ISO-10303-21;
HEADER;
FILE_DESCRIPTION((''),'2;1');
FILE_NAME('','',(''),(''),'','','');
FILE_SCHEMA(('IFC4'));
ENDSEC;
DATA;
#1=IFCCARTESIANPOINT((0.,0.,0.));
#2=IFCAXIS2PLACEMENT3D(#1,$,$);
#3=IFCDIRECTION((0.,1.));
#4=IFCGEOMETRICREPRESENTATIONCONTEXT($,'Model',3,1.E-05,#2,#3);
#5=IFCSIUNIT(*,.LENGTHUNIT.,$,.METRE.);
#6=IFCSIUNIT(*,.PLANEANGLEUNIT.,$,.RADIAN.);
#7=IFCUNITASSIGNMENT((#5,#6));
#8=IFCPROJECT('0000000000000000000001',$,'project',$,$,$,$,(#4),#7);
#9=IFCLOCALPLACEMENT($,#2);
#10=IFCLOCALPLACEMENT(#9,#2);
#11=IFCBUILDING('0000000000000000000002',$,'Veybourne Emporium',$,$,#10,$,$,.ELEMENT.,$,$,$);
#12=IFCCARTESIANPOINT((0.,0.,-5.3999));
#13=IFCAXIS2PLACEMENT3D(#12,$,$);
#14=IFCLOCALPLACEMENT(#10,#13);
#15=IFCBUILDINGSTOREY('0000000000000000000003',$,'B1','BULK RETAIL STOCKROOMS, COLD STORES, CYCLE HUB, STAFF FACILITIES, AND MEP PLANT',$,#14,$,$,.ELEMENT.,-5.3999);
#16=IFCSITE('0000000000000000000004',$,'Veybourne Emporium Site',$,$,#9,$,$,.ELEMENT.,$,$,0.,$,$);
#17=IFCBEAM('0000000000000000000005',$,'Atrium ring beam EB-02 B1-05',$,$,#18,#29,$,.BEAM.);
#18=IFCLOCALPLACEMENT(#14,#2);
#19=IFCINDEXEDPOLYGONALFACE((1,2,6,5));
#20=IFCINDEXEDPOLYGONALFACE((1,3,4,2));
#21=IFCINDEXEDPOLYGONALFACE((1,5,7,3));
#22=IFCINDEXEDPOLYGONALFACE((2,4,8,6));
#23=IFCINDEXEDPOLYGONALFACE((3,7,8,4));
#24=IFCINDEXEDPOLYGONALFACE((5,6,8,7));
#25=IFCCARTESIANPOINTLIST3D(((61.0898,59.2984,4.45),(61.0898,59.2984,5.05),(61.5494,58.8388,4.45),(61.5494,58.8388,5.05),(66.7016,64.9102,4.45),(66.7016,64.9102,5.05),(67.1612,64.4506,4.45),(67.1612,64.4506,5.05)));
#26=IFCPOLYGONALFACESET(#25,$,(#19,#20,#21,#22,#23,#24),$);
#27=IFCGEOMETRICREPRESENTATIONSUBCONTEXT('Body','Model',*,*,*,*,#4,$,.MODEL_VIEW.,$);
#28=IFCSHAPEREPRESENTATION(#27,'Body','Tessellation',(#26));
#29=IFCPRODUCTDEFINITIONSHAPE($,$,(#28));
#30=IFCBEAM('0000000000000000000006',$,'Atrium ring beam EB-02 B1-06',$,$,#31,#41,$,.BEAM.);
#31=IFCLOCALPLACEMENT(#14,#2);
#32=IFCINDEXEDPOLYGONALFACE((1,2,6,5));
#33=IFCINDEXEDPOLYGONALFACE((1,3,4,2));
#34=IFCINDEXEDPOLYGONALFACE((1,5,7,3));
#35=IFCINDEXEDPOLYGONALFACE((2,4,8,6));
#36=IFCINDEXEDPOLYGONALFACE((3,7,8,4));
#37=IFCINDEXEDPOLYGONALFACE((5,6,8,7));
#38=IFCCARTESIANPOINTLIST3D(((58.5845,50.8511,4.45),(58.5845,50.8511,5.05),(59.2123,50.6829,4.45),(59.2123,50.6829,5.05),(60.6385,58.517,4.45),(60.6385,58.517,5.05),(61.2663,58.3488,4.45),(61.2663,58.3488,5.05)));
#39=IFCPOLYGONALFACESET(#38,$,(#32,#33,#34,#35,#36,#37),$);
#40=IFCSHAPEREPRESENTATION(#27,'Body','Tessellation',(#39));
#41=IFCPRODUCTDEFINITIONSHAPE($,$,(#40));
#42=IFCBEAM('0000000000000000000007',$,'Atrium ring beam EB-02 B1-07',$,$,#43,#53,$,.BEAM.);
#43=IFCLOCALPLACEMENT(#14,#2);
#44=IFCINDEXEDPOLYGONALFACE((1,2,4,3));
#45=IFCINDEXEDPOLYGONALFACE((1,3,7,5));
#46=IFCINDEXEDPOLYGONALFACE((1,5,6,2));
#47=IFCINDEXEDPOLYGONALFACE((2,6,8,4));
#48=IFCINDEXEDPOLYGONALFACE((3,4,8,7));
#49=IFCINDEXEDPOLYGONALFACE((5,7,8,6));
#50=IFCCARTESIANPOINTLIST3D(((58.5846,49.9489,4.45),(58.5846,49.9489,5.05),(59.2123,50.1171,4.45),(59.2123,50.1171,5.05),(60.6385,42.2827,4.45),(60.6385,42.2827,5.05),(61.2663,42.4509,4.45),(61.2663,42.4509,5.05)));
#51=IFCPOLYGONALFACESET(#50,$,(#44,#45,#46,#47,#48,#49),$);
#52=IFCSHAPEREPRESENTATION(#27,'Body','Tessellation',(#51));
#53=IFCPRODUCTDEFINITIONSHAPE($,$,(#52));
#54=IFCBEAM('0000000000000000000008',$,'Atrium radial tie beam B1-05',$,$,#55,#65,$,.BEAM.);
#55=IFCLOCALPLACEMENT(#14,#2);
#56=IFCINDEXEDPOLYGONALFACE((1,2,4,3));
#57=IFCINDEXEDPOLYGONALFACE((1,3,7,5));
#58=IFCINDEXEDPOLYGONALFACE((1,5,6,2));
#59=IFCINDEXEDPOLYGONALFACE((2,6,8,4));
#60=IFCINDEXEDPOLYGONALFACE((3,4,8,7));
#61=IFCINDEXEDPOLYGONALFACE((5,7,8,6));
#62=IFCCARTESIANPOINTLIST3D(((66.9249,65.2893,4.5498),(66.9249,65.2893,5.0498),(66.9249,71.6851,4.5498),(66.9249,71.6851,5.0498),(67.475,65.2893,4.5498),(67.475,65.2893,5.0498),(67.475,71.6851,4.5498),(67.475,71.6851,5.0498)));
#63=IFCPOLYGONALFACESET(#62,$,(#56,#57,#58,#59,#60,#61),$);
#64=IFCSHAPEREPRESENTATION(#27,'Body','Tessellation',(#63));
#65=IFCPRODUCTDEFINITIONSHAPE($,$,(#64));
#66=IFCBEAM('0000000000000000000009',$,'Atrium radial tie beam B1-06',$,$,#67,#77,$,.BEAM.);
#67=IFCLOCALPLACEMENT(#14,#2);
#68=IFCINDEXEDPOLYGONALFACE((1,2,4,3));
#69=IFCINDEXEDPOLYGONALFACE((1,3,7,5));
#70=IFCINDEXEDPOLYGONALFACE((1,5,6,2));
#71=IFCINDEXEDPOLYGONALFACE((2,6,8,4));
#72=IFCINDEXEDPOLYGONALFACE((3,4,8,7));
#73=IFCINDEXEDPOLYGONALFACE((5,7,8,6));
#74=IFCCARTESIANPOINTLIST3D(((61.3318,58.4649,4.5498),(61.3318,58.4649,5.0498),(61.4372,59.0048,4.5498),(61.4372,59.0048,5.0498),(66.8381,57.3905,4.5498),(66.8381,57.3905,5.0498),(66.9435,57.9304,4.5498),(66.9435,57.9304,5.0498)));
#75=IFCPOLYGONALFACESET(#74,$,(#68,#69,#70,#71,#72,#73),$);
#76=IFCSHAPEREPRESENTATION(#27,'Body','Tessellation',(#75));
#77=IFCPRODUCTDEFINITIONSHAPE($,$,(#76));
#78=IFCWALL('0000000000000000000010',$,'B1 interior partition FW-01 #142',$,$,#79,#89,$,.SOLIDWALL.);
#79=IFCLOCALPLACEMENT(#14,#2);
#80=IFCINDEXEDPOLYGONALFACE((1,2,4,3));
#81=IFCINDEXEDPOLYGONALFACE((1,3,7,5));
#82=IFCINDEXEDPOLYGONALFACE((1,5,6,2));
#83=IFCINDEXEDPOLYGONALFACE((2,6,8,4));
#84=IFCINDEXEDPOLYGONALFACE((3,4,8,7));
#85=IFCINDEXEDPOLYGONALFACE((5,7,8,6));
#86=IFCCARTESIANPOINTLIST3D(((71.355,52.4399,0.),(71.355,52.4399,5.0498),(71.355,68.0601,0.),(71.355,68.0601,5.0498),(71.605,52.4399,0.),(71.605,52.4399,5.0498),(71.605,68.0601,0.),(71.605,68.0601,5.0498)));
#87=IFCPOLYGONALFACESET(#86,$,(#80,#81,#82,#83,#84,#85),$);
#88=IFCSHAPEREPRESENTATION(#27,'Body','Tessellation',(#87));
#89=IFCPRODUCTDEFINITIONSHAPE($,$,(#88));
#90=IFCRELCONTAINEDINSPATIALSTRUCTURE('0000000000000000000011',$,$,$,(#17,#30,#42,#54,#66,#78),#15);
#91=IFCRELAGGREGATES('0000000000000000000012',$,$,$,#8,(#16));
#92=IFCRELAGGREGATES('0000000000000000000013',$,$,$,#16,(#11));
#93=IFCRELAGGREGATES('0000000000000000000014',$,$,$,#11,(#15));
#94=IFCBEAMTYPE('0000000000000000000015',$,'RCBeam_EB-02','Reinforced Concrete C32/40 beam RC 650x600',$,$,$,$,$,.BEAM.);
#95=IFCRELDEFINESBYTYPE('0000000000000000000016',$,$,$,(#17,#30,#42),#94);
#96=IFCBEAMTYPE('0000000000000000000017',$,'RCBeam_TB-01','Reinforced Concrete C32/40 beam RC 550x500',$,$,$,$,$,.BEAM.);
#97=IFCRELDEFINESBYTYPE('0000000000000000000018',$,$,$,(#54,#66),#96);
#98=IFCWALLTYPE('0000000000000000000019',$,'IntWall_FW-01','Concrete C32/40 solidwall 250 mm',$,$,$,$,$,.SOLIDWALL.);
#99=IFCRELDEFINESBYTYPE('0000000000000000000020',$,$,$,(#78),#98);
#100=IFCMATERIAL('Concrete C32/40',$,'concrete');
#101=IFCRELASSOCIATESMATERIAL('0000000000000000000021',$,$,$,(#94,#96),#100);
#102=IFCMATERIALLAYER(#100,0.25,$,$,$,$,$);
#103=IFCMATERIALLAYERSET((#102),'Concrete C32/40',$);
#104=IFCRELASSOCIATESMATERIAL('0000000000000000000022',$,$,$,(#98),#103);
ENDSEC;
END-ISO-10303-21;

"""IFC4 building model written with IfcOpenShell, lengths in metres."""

from ifc_helpers import new_model, si_unit, direction, frame, frame_2d, origin, origin_2d, place, context, subcontext, project, spatial, rectangle, extrude, material, layer, layer_set, material_profile, profile_set, type_object, element, save


model = new_model("IFC4")

# Units and contexts
model_context = context("Model", 3, precision=1e-05, world=origin(), true_north=direction((0.0, 1.0)))
body_context = subcontext(model_context, "Body", "Model", "MODEL_VIEW")
ifc_project = project(units=[si_unit("LENGTHUNIT", "METRE"), si_unit("PLANEANGLEUNIT", "RADIAN")], contexts=[model_context])

# Site, building, storey
site_placement = place(None, origin())
site = spatial("IfcSite", under=ifc_project, at=site_placement, Name="Veybourne Emporium Site", CompositionType="ELEMENT", RefElevation=0.0)
building_placement = place(site_placement, origin())
building = spatial("IfcBuilding", under=site, at=building_placement, Name="Veybourne Emporium", CompositionType="ELEMENT")
storey_placement = place(building_placement, frame((0.0, 0.0, -5.3999)))
storey = spatial("IfcBuildingStorey", under=building, at=storey_placement, Name="B1", Description="BULK RETAIL STOCKROOMS, COLD STORES, CYCLE HUB, STAFF FACILITIES, AND MEP PLANT", CompositionType="ELEMENT", Elevation=-5.3999)

# Beams
ifc_material_1 = material(Name="Concrete C32/40", Category="concrete")
ifc_material_profile_1 = material_profile(ifc_material_1, rectangle(XDim=0.6499, YDim=0.6001, at=origin_2d()), Name="RC 650x600")
ifc_profile_set_1 = profile_set([ifc_material_profile_1], Name="Concrete C32/40")
beam_type_1 = type_object("IfcBeamType", Name="RCBeam_EB-02", Description="Reinforced Concrete C32/40 beam RC 650x600", PredefinedType="BEAM", material=ifc_profile_set_1)
for number, where, z_axis, x_axis, name in (
    (1, (66.9314, 64.6804, 4.75), (-0.707107, -0.707107, 0.0), (0.707107, -0.707107, 0.0), "Atrium ring beam EB-02 B1-05"),
    (2, (60.9524, 58.4329, 4.75), (-0.258809, -0.965928, 0.0), (0.965928, -0.258809, 0.0), "Atrium ring beam EB-02 B1-06"),
):
    element("IfcBeam", number, at=place(storey_placement, frame(where, z_axis=z_axis, x_axis=x_axis)), inside=storey, type_object=beam_type_1, Name=name, PredefinedType="BEAM", context=body_context, shape_type="SweptSolid", body=[
        extrude(rectangle(XDim=0.6499, YDim=0.6001, at=origin_2d()), origin(), (0.0, 0.0, 1.0), 7.9363),
    ])
beam_1_placement = place(storey_placement, frame((58.8984, 50.033, 4.75), z_axis=(0.258802, -0.96593, 0.0), x_axis=(0.96593, 0.258802, 0.0)))
element("IfcBeam", 3, at=beam_1_placement, inside=storey, type_object=beam_type_1, Name="Atrium ring beam EB-02 B1-07", PredefinedType="BEAM", context=body_context, shape_type="SweptSolid", body=[
    extrude(rectangle(XDim=0.6499, YDim=0.6001, at=origin_2d()), origin(), (0.0, 0.0, 1.0), 7.9365),
])
ifc_material_profile_2 = material_profile(ifc_material_1, rectangle(XDim=0.55, YDim=0.5, at=origin_2d()), Name="RC 550x500")
ifc_profile_set_2 = profile_set([ifc_material_profile_2], Name="Concrete C32/40")
beam_type_2 = type_object("IfcBeamType", Name="RCBeam_TB-01", Description="Reinforced Concrete C32/40 beam RC 550x500", PredefinedType="BEAM", material=ifc_profile_set_2)
beam_2_placement = place(storey_placement, frame((67.2, 65.2893, 4.7998), z_axis=(0.0, 1.0, 0.0), x_axis=(-1.0, 0.0, 0.0)))
element("IfcBeam", 4, at=beam_2_placement, inside=storey, type_object=beam_type_2, Name="Atrium radial tie beam B1-05", PredefinedType="BEAM", context=body_context, shape_type="SweptSolid", body=[
    extrude(rectangle(XDim=0.55, YDim=0.5, at=origin_2d()), origin(), (0.0, 0.0, 1.0), 6.3958),
])
beam_3_placement = place(storey_placement, frame((61.3845, 58.7349, 4.7998), z_axis=(0.981489, -0.19152, 0.0), x_axis=(0.19152, 0.981489, 0.0)))
element("IfcBeam", 5, at=beam_3_placement, inside=storey, type_object=beam_type_2, Name="Atrium radial tie beam B1-06", PredefinedType="BEAM", context=body_context, shape_type="SweptSolid", body=[
    extrude(rectangle(XDim=0.55, YDim=0.5, at=origin_2d()), origin(), (0.0, 0.0, 1.0), 5.6101),
])

# Wall
ifc_layer = layer(ifc_material_1, 0.25)
ifc_layer_set = layer_set([ifc_layer], Name="Concrete C32/40")
wall_type = type_object("IfcWallType", Name="IntWall_FW-01", Description="Concrete C32/40 solidwall 250 mm", PredefinedType="SOLIDWALL", material=ifc_layer_set)
wall_placement = place(storey_placement, frame((71.48, 52.4399, 0.0), z_axis=(0.0, 0.0, 1.0), x_axis=(0.0, 1.0, 0.0)))
element("IfcWall", 6, at=wall_placement, inside=storey, type_object=wall_type, Name="B1 interior partition FW-01 #142", PredefinedType="SOLIDWALL", context=body_context, shape_type="SweptSolid", body=[
    extrude(rectangle(XDim=15.6201, YDim=0.25, at=frame_2d((7.8101, 0.0))), origin(), (0.0, 0.0, 1.0), 5.0498),
])

save(model, "model.ifc")
